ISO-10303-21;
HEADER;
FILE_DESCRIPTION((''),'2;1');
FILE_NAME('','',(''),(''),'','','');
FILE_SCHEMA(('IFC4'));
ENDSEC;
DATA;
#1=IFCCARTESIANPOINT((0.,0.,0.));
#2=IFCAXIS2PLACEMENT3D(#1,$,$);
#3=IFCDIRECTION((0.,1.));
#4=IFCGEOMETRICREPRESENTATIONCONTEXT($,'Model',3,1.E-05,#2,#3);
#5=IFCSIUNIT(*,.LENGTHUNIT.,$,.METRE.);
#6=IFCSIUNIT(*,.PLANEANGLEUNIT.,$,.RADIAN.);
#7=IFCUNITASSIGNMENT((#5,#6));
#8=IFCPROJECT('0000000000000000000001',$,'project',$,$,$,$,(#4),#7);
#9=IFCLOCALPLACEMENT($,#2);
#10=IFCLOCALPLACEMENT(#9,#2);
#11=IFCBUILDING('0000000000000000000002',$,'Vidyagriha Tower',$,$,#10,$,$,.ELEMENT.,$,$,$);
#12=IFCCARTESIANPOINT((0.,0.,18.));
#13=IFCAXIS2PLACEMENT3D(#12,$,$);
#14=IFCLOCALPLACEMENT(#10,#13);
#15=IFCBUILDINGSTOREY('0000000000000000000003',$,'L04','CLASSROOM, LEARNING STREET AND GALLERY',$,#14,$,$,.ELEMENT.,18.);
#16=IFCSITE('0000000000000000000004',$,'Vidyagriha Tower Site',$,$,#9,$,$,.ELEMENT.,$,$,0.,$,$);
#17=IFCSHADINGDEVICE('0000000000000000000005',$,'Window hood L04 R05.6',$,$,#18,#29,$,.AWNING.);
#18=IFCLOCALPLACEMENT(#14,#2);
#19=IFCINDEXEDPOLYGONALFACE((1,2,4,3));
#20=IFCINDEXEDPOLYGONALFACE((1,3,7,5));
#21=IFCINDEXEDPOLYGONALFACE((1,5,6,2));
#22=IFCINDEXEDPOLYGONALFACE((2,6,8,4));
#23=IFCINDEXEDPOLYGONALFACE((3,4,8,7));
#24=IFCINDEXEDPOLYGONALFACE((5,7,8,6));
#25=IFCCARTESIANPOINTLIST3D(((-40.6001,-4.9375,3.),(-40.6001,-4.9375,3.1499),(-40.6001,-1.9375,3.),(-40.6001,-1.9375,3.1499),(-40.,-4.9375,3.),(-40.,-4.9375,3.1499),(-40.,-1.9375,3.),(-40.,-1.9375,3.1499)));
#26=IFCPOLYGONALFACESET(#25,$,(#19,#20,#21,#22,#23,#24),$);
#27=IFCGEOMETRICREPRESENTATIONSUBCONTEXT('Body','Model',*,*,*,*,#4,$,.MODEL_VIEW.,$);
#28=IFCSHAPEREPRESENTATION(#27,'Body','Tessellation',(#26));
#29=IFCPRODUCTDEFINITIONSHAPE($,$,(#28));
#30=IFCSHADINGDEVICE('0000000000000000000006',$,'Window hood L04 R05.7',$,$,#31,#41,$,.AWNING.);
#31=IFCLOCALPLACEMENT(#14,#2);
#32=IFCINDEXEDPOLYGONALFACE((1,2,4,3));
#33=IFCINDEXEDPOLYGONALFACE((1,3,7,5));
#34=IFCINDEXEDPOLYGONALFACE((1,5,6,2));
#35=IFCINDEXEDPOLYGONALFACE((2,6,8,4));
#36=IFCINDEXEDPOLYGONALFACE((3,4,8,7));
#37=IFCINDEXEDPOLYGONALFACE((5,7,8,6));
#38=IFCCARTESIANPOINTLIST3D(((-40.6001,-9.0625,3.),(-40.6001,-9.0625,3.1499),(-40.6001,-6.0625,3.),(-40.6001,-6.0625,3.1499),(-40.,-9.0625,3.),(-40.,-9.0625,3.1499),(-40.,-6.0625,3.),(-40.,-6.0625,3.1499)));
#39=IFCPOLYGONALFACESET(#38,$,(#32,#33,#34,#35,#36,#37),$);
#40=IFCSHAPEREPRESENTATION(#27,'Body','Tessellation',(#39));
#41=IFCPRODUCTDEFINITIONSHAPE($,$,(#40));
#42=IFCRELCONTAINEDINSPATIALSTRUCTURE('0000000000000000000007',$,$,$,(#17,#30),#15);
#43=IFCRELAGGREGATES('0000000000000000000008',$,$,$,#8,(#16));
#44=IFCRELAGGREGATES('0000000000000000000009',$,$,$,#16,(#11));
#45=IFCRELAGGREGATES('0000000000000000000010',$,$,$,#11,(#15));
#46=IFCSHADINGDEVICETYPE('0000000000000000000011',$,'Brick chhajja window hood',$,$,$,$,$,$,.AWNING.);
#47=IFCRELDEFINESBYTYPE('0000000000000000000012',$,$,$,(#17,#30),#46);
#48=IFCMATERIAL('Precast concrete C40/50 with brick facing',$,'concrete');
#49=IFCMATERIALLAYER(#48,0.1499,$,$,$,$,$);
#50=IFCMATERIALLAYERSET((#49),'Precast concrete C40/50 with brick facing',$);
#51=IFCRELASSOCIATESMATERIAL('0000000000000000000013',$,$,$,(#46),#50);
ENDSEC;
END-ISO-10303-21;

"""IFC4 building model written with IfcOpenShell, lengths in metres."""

from ifc_helpers import new_model, si_unit, direction, frame, origin, origin_2d, place, context, subcontext, project, spatial, rectangle, extrude, material, layer, layer_set, type_object, element, save


model = new_model("IFC4")

# Units and contexts
model_context = context("Model", 3, precision=1e-05, world=origin(), true_north=direction((0.0, 1.0)))
body_context = subcontext(model_context, "Body", "Model", "MODEL_VIEW")
ifc_project = project(units=[si_unit("LENGTHUNIT", "METRE"), si_unit("PLANEANGLEUNIT", "RADIAN")], contexts=[model_context])

# Site, building, storey
site_placement = place(None, origin())
site = spatial("IfcSite", under=ifc_project, at=site_placement, Name="Vidyagriha Tower Site", CompositionType="ELEMENT", RefElevation=0.0)
building_placement = place(site_placement, origin())
building = spatial("IfcBuilding", under=site, at=building_placement, Name="Vidyagriha Tower", CompositionType="ELEMENT")
storey_placement = place(building_placement, frame((0.0, 0.0, 18.0)))
storey = spatial("IfcBuildingStorey", under=building, at=storey_placement, Name="L04", Description="CLASSROOM, LEARNING STREET AND GALLERY", CompositionType="ELEMENT", Elevation=18.0)

# Shading devices
ifc_material_1 = material(Name="Precast concrete C40/50 with brick facing", Category="concrete")
ifc_layer_1 = layer(ifc_material_1, 0.1499)
ifc_layer_set_1 = layer_set([ifc_layer_1], Name="Precast concrete C40/50 with brick facing")
shading_device_type = type_object("IfcShadingDeviceType", Name="Brick chhajja window hood", PredefinedType="AWNING", material=ifc_layer_set_1)
for number, where, z_axis, x_axis, name in (
    (1, (-40.3, -3.4375, 3.0), (0.0, 0.0, 1.0), (0.0, -1.0, 0.0), "Window hood L04 R05.6"),
    (2, (-40.3, -7.5625, 3.0), (0.0, 0.0, 1.0), (0.0, -1.0, 0.0), "Window hood L04 R05.7"),
):
    element("IfcShadingDevice", number, at=place(storey_placement, frame(where, z_axis=z_axis, x_axis=x_axis)), inside=storey, type_object=shading_device_type, Name=name, PredefinedType="AWNING", context=body_context, shape_type="SweptSolid", body=[
        extrude(rectangle(XDim=3.0, YDim=0.6001, at=origin_2d()), origin(), (0.0, 0.0, 1.0), 0.1499),
    ])

save(model, "model.ifc")
